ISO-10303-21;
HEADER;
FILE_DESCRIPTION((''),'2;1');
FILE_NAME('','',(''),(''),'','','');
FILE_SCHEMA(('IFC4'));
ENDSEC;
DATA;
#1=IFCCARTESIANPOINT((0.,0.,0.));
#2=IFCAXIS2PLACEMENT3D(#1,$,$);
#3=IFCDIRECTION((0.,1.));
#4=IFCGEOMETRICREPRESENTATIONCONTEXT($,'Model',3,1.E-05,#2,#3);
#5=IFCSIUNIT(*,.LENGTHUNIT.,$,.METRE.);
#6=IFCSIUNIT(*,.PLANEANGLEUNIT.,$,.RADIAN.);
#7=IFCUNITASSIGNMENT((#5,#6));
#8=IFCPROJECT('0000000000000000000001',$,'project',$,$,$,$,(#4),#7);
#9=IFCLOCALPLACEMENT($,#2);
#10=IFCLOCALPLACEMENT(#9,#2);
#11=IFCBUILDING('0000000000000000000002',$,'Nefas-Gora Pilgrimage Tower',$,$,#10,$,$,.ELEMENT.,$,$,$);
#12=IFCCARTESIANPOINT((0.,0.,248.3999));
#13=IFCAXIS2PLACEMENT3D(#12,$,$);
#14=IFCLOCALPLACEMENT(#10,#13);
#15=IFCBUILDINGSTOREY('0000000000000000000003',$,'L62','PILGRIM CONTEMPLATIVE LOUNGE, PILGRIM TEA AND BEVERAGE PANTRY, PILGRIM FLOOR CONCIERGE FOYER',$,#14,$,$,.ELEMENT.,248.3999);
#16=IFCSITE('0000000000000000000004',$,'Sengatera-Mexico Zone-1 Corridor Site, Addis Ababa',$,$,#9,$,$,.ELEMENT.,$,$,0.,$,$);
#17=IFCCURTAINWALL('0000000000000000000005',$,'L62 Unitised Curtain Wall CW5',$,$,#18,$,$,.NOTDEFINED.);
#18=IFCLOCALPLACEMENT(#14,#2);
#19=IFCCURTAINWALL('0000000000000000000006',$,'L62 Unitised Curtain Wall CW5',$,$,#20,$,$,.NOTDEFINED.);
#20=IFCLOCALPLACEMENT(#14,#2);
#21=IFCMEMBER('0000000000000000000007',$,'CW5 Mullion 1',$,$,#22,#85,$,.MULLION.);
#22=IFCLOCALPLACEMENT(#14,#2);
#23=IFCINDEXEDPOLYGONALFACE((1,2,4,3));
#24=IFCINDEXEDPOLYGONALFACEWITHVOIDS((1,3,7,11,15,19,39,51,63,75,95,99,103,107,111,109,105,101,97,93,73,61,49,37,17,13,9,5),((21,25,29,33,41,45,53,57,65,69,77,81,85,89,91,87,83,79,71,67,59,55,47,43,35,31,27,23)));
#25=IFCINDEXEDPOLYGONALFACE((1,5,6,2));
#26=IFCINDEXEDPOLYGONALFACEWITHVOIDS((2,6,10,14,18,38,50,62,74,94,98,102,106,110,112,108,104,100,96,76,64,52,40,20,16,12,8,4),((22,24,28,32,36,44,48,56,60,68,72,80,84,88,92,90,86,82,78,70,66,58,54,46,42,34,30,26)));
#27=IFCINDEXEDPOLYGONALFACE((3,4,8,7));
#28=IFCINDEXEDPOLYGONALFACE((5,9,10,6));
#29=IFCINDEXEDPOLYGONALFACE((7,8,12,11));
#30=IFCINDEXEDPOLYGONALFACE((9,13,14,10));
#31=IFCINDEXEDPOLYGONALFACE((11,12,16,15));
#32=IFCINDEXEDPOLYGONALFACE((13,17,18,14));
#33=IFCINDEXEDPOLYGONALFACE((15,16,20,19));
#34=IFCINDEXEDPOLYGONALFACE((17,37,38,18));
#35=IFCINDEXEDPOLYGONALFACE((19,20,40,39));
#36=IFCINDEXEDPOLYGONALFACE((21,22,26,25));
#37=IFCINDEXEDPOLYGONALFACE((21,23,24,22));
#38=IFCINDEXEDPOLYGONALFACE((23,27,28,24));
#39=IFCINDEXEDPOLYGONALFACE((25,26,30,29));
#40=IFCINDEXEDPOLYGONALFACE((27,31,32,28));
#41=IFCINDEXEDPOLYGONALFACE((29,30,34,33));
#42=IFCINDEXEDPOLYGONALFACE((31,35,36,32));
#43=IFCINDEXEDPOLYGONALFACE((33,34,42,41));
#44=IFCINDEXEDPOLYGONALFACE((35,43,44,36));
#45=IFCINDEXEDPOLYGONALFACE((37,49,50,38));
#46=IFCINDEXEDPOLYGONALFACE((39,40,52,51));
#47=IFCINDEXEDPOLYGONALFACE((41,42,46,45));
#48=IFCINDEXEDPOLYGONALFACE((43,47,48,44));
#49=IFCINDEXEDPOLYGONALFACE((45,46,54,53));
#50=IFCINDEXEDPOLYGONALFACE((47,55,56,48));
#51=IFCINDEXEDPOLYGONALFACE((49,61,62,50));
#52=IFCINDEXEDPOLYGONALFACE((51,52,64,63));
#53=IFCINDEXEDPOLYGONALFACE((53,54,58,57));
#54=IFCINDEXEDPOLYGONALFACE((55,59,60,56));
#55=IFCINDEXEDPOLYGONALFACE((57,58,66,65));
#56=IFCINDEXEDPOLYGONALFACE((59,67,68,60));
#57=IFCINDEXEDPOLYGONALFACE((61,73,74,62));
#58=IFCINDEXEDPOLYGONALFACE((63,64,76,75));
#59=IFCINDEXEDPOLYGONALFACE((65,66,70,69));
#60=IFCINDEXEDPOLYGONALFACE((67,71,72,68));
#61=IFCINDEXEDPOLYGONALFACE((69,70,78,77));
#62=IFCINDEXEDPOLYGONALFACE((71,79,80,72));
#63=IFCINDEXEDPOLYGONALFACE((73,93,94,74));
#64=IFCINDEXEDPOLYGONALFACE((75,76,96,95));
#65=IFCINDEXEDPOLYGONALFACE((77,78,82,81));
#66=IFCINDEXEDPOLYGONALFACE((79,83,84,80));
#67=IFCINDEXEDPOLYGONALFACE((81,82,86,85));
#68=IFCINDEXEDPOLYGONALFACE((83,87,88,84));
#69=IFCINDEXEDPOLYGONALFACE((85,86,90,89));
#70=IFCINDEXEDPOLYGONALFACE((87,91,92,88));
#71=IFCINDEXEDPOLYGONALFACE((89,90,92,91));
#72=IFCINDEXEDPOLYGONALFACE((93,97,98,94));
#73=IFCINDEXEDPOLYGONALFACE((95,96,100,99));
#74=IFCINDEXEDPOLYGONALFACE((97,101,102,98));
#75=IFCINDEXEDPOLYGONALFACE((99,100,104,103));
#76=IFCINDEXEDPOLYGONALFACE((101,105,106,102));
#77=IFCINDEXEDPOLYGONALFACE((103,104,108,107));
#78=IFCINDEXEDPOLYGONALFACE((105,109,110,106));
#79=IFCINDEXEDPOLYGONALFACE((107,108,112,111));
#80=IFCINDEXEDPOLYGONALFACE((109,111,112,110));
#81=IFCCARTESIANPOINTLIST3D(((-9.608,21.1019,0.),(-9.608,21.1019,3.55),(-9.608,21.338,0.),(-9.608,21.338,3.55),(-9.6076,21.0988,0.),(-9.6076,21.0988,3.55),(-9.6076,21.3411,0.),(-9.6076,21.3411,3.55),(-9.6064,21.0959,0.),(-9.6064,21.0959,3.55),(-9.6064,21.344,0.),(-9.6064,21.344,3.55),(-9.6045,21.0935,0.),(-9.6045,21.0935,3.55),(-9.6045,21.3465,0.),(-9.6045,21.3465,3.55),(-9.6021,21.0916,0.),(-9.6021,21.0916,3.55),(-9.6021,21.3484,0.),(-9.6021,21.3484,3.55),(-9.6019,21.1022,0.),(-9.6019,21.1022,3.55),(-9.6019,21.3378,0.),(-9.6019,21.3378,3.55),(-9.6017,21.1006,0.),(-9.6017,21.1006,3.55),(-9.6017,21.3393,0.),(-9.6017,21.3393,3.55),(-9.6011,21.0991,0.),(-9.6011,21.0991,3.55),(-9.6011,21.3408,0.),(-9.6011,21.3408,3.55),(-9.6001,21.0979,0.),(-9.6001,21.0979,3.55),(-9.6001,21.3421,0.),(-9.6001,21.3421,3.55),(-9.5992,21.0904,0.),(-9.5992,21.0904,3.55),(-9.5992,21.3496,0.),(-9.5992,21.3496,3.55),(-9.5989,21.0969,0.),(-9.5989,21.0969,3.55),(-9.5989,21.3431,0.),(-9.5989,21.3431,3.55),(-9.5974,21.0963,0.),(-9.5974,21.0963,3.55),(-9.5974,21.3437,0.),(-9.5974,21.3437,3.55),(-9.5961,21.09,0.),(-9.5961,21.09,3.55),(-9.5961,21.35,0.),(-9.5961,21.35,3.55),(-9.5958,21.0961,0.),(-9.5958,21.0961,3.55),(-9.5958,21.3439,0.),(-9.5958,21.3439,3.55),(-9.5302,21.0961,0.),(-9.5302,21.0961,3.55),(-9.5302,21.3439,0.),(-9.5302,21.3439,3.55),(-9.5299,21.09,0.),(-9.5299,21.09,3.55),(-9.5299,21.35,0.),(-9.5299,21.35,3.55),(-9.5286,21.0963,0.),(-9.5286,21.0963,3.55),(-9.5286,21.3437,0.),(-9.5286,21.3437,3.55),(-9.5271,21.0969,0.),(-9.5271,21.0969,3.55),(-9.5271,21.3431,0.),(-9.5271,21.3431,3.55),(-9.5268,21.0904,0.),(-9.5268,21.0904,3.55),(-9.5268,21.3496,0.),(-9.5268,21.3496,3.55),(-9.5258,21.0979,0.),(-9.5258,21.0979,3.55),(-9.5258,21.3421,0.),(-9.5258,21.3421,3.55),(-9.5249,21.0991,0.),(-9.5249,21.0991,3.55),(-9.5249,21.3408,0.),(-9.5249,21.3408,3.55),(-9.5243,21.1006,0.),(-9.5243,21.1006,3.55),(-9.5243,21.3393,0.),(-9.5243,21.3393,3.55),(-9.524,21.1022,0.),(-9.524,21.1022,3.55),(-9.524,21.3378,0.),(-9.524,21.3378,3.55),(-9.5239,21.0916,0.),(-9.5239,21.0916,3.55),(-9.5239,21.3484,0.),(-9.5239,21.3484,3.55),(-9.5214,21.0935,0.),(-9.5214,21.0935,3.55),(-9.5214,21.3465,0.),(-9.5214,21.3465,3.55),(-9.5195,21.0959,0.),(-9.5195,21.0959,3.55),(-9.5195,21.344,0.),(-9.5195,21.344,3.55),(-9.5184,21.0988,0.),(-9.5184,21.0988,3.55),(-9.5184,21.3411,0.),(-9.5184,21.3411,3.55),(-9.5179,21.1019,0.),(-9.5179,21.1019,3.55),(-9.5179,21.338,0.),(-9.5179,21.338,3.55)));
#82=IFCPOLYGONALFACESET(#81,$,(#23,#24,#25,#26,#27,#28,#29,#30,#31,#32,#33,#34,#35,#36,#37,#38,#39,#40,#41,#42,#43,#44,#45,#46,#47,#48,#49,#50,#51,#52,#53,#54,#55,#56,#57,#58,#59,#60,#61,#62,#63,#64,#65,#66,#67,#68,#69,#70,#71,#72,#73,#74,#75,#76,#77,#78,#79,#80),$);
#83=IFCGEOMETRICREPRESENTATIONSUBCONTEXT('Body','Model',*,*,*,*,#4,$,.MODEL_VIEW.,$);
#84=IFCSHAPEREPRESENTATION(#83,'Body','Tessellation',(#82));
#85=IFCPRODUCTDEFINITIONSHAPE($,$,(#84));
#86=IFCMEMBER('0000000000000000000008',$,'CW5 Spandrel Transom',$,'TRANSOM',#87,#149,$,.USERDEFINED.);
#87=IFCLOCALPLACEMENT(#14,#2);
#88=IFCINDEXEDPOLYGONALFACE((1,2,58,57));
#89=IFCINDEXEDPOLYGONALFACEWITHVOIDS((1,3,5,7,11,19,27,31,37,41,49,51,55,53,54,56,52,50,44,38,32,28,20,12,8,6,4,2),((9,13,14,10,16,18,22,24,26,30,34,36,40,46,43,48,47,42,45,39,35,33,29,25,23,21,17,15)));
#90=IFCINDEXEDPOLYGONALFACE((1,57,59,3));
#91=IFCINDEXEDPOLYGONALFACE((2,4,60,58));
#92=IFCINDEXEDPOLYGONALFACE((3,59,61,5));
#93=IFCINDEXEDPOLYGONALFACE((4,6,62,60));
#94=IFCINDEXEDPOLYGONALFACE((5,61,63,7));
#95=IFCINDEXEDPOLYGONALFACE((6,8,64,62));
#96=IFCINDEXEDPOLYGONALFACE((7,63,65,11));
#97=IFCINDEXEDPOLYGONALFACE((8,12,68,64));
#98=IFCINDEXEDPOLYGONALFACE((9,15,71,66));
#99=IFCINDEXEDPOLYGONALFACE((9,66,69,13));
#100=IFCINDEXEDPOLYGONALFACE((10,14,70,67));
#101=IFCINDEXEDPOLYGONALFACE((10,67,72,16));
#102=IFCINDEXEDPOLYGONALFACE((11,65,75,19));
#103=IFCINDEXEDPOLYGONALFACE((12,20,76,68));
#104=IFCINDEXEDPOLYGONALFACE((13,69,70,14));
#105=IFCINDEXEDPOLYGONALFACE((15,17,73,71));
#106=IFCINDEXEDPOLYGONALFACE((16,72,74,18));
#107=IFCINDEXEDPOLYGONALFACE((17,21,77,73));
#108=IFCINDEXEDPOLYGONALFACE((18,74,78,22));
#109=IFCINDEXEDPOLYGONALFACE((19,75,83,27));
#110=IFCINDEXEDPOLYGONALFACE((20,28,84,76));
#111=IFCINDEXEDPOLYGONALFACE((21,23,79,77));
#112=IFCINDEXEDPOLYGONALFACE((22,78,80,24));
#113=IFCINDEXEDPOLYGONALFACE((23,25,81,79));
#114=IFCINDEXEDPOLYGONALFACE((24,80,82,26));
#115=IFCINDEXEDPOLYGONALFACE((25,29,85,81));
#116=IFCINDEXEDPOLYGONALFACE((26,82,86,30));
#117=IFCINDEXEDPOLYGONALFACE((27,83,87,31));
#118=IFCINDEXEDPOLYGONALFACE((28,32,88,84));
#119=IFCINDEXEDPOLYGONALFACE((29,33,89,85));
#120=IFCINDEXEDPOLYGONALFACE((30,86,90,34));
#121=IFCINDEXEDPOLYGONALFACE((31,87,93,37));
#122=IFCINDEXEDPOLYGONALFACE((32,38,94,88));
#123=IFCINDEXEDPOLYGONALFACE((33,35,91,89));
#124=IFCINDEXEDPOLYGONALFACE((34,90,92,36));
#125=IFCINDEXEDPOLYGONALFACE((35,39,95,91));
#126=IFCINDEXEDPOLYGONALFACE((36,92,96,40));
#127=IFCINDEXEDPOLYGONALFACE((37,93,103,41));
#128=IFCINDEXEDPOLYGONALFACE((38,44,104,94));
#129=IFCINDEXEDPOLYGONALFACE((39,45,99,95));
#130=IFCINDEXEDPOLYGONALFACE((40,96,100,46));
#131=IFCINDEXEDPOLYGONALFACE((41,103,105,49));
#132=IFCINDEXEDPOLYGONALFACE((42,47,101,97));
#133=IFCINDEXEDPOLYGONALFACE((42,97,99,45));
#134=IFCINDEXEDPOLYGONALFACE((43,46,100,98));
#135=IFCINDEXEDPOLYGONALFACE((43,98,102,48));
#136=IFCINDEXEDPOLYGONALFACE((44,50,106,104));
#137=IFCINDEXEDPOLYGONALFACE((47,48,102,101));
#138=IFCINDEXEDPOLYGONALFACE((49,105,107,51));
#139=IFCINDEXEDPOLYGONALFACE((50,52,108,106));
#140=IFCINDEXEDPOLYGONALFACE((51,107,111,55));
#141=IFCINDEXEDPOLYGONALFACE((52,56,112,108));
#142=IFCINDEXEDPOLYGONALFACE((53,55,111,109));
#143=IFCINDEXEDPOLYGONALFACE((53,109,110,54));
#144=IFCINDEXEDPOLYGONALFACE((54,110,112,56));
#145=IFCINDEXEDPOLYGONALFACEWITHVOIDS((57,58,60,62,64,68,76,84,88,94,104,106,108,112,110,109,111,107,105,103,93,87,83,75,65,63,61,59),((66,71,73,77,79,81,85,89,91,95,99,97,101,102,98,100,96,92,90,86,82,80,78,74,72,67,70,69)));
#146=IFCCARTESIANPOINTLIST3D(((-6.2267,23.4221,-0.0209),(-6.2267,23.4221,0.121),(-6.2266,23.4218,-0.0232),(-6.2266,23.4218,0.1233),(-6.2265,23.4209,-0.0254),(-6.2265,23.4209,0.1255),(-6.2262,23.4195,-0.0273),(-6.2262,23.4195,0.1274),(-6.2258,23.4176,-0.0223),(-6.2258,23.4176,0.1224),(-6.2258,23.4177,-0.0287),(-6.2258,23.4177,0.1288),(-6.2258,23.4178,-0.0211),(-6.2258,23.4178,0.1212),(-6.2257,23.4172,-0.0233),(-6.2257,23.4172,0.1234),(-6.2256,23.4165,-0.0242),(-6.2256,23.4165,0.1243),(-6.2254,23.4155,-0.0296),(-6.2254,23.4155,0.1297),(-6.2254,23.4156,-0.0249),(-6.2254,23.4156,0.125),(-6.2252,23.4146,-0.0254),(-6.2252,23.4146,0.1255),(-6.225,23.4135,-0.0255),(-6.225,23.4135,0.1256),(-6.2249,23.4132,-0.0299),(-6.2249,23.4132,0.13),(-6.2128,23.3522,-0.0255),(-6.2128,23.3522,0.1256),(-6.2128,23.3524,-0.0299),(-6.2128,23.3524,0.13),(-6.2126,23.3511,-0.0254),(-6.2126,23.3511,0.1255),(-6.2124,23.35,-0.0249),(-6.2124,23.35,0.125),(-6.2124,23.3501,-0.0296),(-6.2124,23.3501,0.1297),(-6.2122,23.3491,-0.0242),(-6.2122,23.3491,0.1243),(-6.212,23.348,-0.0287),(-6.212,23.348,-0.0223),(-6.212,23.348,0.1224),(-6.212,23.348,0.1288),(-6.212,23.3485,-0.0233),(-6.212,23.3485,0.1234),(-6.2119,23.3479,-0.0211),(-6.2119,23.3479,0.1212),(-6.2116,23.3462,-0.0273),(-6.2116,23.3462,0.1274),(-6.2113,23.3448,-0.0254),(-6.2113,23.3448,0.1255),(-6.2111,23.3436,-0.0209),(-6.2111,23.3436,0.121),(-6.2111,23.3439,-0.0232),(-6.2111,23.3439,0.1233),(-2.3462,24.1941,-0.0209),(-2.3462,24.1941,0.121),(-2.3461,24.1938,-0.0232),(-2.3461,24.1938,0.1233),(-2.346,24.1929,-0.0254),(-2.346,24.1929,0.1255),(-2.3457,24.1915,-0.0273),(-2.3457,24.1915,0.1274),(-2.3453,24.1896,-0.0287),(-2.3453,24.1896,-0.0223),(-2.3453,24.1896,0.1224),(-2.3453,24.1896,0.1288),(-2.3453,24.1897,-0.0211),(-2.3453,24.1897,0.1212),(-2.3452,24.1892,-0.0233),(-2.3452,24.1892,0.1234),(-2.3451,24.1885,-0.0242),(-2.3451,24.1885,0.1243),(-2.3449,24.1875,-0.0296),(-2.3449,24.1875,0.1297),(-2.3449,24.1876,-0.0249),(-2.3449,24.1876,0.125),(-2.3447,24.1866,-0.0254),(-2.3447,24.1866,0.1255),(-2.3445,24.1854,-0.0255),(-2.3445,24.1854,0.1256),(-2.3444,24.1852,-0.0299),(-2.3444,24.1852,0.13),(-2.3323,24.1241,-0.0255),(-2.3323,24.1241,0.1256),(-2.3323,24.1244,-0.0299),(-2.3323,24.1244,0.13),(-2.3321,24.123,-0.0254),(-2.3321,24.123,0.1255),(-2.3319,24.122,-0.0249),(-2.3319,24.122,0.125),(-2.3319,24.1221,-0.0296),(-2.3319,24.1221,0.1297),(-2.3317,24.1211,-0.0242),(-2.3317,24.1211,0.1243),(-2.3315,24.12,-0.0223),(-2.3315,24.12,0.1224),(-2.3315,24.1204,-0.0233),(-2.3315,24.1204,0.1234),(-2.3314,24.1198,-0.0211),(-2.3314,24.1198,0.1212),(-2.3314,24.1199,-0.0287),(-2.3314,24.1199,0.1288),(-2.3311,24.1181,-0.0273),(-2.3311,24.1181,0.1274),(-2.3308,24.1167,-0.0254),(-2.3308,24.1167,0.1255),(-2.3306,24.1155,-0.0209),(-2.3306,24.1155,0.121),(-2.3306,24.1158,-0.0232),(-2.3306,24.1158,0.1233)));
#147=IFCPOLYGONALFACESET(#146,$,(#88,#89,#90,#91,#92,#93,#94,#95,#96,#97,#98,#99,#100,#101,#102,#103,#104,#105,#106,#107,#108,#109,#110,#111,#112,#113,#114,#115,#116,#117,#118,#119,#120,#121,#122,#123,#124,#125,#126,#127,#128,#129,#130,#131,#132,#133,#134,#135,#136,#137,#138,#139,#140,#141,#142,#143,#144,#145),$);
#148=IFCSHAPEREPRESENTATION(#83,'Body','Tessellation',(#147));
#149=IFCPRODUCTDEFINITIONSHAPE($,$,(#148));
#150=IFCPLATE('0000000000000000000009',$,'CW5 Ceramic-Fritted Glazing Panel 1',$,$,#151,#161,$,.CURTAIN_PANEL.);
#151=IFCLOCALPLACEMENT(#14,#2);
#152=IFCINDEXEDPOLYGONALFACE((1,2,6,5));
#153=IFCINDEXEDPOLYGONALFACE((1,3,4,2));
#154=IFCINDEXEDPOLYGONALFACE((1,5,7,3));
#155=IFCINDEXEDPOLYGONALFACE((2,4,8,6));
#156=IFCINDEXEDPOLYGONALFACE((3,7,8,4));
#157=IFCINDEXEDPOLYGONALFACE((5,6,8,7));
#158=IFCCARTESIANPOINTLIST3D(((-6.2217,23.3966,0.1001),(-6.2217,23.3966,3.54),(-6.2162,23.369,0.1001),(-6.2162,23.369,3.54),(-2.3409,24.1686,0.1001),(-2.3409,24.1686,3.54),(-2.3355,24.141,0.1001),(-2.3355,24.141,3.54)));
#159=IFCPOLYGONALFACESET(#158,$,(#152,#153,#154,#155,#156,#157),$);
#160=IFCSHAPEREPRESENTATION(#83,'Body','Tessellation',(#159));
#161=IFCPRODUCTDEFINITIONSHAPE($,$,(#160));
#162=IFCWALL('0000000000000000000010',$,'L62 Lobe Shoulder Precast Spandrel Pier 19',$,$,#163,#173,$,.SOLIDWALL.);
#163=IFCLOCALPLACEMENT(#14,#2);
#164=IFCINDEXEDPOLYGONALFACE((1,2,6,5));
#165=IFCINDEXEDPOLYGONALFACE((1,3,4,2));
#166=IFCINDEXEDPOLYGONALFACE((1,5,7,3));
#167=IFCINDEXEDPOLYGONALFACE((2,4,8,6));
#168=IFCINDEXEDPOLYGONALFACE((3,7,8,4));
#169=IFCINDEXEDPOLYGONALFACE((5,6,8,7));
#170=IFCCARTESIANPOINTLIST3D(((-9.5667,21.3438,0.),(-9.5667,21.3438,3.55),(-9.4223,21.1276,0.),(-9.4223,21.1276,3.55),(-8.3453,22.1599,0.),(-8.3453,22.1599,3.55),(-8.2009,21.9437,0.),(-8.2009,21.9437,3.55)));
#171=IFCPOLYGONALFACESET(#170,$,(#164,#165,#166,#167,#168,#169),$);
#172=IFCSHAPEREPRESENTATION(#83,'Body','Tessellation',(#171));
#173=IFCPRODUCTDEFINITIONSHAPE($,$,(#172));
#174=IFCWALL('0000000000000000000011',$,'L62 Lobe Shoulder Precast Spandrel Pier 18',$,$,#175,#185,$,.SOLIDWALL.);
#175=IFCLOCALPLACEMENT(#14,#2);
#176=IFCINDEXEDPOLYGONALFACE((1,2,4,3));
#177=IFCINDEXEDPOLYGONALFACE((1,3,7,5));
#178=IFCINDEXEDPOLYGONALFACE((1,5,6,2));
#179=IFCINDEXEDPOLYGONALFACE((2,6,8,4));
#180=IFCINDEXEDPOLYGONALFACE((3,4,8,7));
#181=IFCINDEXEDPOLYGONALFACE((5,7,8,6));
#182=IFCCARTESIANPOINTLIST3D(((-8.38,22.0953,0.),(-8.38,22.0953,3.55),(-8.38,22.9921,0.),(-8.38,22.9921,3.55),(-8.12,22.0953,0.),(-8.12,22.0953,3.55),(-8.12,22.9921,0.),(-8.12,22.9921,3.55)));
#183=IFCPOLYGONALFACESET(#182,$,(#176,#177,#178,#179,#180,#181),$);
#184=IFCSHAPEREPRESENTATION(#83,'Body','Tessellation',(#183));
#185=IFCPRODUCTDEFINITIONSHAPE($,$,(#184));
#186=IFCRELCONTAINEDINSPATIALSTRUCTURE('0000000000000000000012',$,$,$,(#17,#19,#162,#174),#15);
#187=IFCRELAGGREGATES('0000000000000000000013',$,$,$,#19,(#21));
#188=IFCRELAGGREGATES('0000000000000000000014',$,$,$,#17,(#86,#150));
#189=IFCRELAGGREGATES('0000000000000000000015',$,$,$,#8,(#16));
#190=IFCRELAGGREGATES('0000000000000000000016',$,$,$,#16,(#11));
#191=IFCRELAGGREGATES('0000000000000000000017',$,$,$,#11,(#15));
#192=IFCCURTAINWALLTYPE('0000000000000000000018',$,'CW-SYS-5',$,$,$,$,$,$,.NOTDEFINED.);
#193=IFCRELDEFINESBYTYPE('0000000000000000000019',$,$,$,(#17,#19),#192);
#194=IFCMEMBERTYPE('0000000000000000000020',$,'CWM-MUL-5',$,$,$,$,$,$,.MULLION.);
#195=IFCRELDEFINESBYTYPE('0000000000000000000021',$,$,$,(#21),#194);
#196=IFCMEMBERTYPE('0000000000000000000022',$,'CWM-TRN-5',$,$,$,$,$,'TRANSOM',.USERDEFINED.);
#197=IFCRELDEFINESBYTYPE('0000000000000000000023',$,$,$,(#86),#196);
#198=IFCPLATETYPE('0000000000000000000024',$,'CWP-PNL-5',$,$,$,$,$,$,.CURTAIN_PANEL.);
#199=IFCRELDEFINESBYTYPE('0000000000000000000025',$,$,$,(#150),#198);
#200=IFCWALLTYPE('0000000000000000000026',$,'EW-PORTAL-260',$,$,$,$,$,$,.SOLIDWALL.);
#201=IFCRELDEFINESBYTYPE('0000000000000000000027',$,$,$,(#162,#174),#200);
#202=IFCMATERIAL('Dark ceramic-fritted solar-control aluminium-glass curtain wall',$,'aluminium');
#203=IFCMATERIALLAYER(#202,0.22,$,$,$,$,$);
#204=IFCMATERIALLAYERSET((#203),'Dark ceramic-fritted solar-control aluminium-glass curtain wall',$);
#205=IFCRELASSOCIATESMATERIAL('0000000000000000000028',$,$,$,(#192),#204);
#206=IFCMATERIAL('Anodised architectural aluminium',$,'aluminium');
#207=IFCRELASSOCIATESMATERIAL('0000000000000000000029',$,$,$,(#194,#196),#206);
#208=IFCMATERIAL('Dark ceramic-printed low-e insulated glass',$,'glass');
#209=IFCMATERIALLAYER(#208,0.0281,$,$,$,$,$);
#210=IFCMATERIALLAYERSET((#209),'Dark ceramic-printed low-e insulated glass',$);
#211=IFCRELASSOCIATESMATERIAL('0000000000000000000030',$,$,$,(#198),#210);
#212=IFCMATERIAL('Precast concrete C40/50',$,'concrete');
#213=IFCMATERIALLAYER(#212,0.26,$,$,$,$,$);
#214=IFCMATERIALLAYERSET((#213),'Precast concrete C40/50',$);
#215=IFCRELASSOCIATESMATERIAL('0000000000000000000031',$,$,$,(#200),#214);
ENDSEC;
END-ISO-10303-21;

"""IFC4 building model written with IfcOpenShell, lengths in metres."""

from ifc_helpers import new_model, si_unit, direction, frame, frame_2d, origin, origin_2d, place, context, subcontext, project, spatial, rectangle, hollow_rectangle, extrude, source, transform, mapped, material, layer, layer_set, material_profile, profile_set, type_object, element, aggregate, save


model = new_model("IFC4")

# Units and contexts
model_context = context("Model", 3, precision=1e-05, world=origin(), true_north=direction((0.0, 1.0)))
body_context = subcontext(model_context, "Body", "Model", "MODEL_VIEW")
ifc_project = project(units=[si_unit("LENGTHUNIT", "METRE"), si_unit("PLANEANGLEUNIT", "RADIAN")], contexts=[model_context])

# Site, building, storey
site_placement = place(None, origin())
site = spatial("IfcSite", under=ifc_project, at=site_placement, Name="Sengatera-Mexico Zone-1 Corridor Site, Addis Ababa", CompositionType="ELEMENT", RefElevation=0.0)
building_placement = place(site_placement, origin())
building = spatial("IfcBuilding", under=site, at=building_placement, Name="Nefas-Gora Pilgrimage Tower", CompositionType="ELEMENT")
storey_placement = place(building_placement, frame((0.0, 0.0, 248.3999)))
storey = spatial("IfcBuildingStorey", under=building, at=storey_placement, Name="L62", Description="PILGRIM CONTEMPLATIVE LOUNGE, PILGRIM TEA AND BEVERAGE PANTRY, PILGRIM FLOOR CONCIERGE FOYER", CompositionType="ELEMENT", Elevation=248.3999)

# Curtain wall
ifc_material_1 = material(Name="Dark ceramic-fritted solar-control aluminium-glass curtain wall", Category="aluminium")
ifc_layer_1 = layer(ifc_material_1, 0.22)
ifc_layer_set_1 = layer_set([ifc_layer_1], Name="Dark ceramic-fritted solar-control aluminium-glass curtain wall")
curtain_wall_type = type_object("IfcCurtainWallType", Name="CW-SYS-5", PredefinedType="NOTDEFINED", material=ifc_layer_set_1)
curtain_wall_1_placement = place(storey_placement, origin())
curtain_wall_1 = element("IfcCurtainWall", 1, at=curtain_wall_1_placement, inside=storey, type_object=curtain_wall_type, Name="L62 Unitised Curtain Wall CW5", PredefinedType="NOTDEFINED")
ifc_material_2 = material(Name="Anodised architectural aluminium", Category="aluminium")
ifc_material_profile_1 = material_profile(ifc_material_2, hollow_rectangle(XDim=0.0901, YDim=0.26, WallThickness=0.0061, InnerFilletRadius=0.0061, OuterFilletRadius=0.012, at=origin_2d()), Name="ALU MULLION 90x260")
ifc_profile_set_1 = profile_set([ifc_material_profile_1], Name="Anodised architectural aluminium")
member_type_1 = type_object("IfcMemberType", Name="CWM-MUL-5", PredefinedType="MULLION", material=ifc_profile_set_1)
shared_shape_1 = source(origin(), body_context, "Body", "SweptSolid", [
    extrude(hollow_rectangle(XDim=0.0901, YDim=0.26, WallThickness=0.0061, InnerFilletRadius=0.0061, OuterFilletRadius=0.012, at=origin_2d()), origin(), (0.0, 0.0, 1.0), 3.55),
])

# Curtain wall, member
curtain_wall_2_placement = place(storey_placement, origin())
curtain_wall_2 = element("IfcCurtainWall", 2, at=curtain_wall_2_placement, inside=storey, type_object=curtain_wall_type, Name="L62 Unitised Curtain Wall CW5", PredefinedType="NOTDEFINED")
member_1_placement = place(storey_placement, frame((-9.563, 21.22, 0.0), z_axis=(0.0, 0.0, 1.0), x_axis=(-1.0, 0.0, 0.0)))
member_1 = element("IfcMember", 3, at=member_1_placement, type_object=member_type_1, Name="CW5 Mullion 1", PredefinedType="MULLION", context=body_context, shape_type="MappedRepresentation", body=[
    mapped(shared_shape_1, transform((0.0, 0.0, 0.0), x_axis=(1.0, 0.0, 0.0), y_axis=(0.0, 1.0, 0.0), z_axis=(0.0, 0.0, 1.0), scale=1.0)),
])
aggregate(curtain_wall_2, [member_1])

# Member
ifc_material_profile_2 = material_profile(ifc_material_2, hollow_rectangle(XDim=0.0801, YDim=0.1599, WallThickness=0.0044, InnerFilletRadius=0.0044, OuterFilletRadius=0.009, at=origin_2d()), Name="ALU TRANSOM 80x160")
ifc_profile_set_2 = profile_set([ifc_material_profile_2], Name="Anodised architectural aluminium")
member_type_2 = type_object("IfcMemberType", Name="CWM-TRN-5", ElementType="TRANSOM", PredefinedType="USERDEFINED", material=ifc_profile_set_2)
shared_shape_2 = source(origin(), body_context, "Body", "SweptSolid", [
    extrude(hollow_rectangle(XDim=0.0801, YDim=0.1599, WallThickness=0.0044, InnerFilletRadius=0.0044, OuterFilletRadius=0.009, at=origin_2d()), origin(), (0.0, 0.0, 1.0), 3.9565),
])
member_2_placement = place(storey_placement, frame((-2.3384, 24.1548, 0.05), z_axis=(-0.980782, -0.195107, 0.0), x_axis=(0.195107, -0.980782, 0.0)))
member_2 = element("IfcMember", 4, at=member_2_placement, type_object=member_type_2, Name="CW5 Spandrel Transom", ObjectType="TRANSOM", PredefinedType="USERDEFINED", context=body_context, shape_type="MappedRepresentation", body=[
    mapped(shared_shape_2, transform((0.0, 0.0, 0.0), x_axis=(1.0, 0.0, 0.0), y_axis=(0.0, 1.0, 0.0), z_axis=(0.0, 0.0, 1.0), scale=1.0)),
])

# Plate
ifc_material_3 = material(Name="Dark ceramic-printed low-e insulated glass", Category="glass")
ifc_layer_2 = layer(ifc_material_3, 0.0281)
ifc_layer_set_2 = layer_set([ifc_layer_2], Name="Dark ceramic-printed low-e insulated glass")
plate_type = type_object("IfcPlateType", Name="CWP-PNL-5", PredefinedType="CURTAIN_PANEL", material=ifc_layer_set_2)
shared_shape_3 = source(origin(), body_context, "Body", "SweptSolid", [
    extrude(rectangle(XDim=3.9568, YDim=0.0281, at=origin_2d()), origin(), (0.0, 0.0, 1.0), 3.4399),
])
plate_placement = place(storey_placement, frame((-4.2786, 23.7688, 0.1001), z_axis=(0.0, 0.0, 1.0), x_axis=(-0.980783, -0.195102, 0.0)))
plate = element("IfcPlate", 5, at=plate_placement, type_object=plate_type, Name="CW5 Ceramic-Fritted Glazing Panel 1", PredefinedType="CURTAIN_PANEL", context=body_context, shape_type="MappedRepresentation", body=[
    mapped(shared_shape_3, transform((0.0, 0.0, 0.0), x_axis=(1.0, 0.0, 0.0), y_axis=(0.0, 1.0, 0.0), z_axis=(0.0, 0.0, 1.0), scale=1.0)),
])
aggregate(curtain_wall_1, [member_2, plate])

# Walls
ifc_material_4 = material(Name="Precast concrete C40/50", Category="concrete")
ifc_layer_3 = layer(ifc_material_4, 0.26)
ifc_layer_set_3 = layer_set([ifc_layer_3], Name="Precast concrete C40/50")
wall_type_1 = type_object("IfcWallType", Name="EW-PORTAL-260", PredefinedType="SOLIDWALL", material=ifc_layer_set_3)
shared_shape_4 = source(origin(), body_context, "Body", "SweptSolid", [
    extrude(rectangle(XDim=1.469, YDim=0.26, at=frame_2d((0.7344, 0.0))), origin(), (0.0, 0.0, 1.0), 3.55),
])
wall_1_placement = place(storey_placement, frame((-8.2732, 22.0518, 0.0), z_axis=(0.0, 0.0, 1.0), x_axis=(-0.831462, -0.555582, 0.0)))
element("IfcWall", 6, at=wall_1_placement, inside=storey, type_object=wall_type_1, Name="L62 Lobe Shoulder Precast Spandrel Pier 19", PredefinedType="SOLIDWALL", context=body_context, shape_type="MappedRepresentation", body=[
    mapped(shared_shape_4, transform((0.0, 0.0, 0.0), x_axis=(1.0, 0.0, 0.0), y_axis=(0.0, 1.0, 0.0), z_axis=(0.0, 0.0, 1.0), scale=1.0)),
])
shared_shape_5 = source(origin(), body_context, "Body", "SweptSolid", [
    extrude(rectangle(XDim=0.8967, YDim=0.26, at=frame_2d((0.4482, 0.0))), origin(), (0.0, 0.0, 1.0), 3.55),
])
wall_2_placement = place(storey_placement, frame((-8.25, 22.9919, 0.0), z_axis=(0.0, 0.0, 1.0), x_axis=(0.0, -1.0, 0.0)))
element("IfcWall", 7, at=wall_2_placement, inside=storey, type_object=wall_type_1, Name="L62 Lobe Shoulder Precast Spandrel Pier 18", PredefinedType="SOLIDWALL", context=body_context, shape_type="MappedRepresentation", body=[
    mapped(shared_shape_5, transform((0.0, 0.0, 0.0), x_axis=(1.0, 0.0, 0.0), y_axis=(0.0, 1.0, 0.0), z_axis=(0.0, 0.0, 1.0), scale=1.0)),
])

save(model, "model.ifc")
